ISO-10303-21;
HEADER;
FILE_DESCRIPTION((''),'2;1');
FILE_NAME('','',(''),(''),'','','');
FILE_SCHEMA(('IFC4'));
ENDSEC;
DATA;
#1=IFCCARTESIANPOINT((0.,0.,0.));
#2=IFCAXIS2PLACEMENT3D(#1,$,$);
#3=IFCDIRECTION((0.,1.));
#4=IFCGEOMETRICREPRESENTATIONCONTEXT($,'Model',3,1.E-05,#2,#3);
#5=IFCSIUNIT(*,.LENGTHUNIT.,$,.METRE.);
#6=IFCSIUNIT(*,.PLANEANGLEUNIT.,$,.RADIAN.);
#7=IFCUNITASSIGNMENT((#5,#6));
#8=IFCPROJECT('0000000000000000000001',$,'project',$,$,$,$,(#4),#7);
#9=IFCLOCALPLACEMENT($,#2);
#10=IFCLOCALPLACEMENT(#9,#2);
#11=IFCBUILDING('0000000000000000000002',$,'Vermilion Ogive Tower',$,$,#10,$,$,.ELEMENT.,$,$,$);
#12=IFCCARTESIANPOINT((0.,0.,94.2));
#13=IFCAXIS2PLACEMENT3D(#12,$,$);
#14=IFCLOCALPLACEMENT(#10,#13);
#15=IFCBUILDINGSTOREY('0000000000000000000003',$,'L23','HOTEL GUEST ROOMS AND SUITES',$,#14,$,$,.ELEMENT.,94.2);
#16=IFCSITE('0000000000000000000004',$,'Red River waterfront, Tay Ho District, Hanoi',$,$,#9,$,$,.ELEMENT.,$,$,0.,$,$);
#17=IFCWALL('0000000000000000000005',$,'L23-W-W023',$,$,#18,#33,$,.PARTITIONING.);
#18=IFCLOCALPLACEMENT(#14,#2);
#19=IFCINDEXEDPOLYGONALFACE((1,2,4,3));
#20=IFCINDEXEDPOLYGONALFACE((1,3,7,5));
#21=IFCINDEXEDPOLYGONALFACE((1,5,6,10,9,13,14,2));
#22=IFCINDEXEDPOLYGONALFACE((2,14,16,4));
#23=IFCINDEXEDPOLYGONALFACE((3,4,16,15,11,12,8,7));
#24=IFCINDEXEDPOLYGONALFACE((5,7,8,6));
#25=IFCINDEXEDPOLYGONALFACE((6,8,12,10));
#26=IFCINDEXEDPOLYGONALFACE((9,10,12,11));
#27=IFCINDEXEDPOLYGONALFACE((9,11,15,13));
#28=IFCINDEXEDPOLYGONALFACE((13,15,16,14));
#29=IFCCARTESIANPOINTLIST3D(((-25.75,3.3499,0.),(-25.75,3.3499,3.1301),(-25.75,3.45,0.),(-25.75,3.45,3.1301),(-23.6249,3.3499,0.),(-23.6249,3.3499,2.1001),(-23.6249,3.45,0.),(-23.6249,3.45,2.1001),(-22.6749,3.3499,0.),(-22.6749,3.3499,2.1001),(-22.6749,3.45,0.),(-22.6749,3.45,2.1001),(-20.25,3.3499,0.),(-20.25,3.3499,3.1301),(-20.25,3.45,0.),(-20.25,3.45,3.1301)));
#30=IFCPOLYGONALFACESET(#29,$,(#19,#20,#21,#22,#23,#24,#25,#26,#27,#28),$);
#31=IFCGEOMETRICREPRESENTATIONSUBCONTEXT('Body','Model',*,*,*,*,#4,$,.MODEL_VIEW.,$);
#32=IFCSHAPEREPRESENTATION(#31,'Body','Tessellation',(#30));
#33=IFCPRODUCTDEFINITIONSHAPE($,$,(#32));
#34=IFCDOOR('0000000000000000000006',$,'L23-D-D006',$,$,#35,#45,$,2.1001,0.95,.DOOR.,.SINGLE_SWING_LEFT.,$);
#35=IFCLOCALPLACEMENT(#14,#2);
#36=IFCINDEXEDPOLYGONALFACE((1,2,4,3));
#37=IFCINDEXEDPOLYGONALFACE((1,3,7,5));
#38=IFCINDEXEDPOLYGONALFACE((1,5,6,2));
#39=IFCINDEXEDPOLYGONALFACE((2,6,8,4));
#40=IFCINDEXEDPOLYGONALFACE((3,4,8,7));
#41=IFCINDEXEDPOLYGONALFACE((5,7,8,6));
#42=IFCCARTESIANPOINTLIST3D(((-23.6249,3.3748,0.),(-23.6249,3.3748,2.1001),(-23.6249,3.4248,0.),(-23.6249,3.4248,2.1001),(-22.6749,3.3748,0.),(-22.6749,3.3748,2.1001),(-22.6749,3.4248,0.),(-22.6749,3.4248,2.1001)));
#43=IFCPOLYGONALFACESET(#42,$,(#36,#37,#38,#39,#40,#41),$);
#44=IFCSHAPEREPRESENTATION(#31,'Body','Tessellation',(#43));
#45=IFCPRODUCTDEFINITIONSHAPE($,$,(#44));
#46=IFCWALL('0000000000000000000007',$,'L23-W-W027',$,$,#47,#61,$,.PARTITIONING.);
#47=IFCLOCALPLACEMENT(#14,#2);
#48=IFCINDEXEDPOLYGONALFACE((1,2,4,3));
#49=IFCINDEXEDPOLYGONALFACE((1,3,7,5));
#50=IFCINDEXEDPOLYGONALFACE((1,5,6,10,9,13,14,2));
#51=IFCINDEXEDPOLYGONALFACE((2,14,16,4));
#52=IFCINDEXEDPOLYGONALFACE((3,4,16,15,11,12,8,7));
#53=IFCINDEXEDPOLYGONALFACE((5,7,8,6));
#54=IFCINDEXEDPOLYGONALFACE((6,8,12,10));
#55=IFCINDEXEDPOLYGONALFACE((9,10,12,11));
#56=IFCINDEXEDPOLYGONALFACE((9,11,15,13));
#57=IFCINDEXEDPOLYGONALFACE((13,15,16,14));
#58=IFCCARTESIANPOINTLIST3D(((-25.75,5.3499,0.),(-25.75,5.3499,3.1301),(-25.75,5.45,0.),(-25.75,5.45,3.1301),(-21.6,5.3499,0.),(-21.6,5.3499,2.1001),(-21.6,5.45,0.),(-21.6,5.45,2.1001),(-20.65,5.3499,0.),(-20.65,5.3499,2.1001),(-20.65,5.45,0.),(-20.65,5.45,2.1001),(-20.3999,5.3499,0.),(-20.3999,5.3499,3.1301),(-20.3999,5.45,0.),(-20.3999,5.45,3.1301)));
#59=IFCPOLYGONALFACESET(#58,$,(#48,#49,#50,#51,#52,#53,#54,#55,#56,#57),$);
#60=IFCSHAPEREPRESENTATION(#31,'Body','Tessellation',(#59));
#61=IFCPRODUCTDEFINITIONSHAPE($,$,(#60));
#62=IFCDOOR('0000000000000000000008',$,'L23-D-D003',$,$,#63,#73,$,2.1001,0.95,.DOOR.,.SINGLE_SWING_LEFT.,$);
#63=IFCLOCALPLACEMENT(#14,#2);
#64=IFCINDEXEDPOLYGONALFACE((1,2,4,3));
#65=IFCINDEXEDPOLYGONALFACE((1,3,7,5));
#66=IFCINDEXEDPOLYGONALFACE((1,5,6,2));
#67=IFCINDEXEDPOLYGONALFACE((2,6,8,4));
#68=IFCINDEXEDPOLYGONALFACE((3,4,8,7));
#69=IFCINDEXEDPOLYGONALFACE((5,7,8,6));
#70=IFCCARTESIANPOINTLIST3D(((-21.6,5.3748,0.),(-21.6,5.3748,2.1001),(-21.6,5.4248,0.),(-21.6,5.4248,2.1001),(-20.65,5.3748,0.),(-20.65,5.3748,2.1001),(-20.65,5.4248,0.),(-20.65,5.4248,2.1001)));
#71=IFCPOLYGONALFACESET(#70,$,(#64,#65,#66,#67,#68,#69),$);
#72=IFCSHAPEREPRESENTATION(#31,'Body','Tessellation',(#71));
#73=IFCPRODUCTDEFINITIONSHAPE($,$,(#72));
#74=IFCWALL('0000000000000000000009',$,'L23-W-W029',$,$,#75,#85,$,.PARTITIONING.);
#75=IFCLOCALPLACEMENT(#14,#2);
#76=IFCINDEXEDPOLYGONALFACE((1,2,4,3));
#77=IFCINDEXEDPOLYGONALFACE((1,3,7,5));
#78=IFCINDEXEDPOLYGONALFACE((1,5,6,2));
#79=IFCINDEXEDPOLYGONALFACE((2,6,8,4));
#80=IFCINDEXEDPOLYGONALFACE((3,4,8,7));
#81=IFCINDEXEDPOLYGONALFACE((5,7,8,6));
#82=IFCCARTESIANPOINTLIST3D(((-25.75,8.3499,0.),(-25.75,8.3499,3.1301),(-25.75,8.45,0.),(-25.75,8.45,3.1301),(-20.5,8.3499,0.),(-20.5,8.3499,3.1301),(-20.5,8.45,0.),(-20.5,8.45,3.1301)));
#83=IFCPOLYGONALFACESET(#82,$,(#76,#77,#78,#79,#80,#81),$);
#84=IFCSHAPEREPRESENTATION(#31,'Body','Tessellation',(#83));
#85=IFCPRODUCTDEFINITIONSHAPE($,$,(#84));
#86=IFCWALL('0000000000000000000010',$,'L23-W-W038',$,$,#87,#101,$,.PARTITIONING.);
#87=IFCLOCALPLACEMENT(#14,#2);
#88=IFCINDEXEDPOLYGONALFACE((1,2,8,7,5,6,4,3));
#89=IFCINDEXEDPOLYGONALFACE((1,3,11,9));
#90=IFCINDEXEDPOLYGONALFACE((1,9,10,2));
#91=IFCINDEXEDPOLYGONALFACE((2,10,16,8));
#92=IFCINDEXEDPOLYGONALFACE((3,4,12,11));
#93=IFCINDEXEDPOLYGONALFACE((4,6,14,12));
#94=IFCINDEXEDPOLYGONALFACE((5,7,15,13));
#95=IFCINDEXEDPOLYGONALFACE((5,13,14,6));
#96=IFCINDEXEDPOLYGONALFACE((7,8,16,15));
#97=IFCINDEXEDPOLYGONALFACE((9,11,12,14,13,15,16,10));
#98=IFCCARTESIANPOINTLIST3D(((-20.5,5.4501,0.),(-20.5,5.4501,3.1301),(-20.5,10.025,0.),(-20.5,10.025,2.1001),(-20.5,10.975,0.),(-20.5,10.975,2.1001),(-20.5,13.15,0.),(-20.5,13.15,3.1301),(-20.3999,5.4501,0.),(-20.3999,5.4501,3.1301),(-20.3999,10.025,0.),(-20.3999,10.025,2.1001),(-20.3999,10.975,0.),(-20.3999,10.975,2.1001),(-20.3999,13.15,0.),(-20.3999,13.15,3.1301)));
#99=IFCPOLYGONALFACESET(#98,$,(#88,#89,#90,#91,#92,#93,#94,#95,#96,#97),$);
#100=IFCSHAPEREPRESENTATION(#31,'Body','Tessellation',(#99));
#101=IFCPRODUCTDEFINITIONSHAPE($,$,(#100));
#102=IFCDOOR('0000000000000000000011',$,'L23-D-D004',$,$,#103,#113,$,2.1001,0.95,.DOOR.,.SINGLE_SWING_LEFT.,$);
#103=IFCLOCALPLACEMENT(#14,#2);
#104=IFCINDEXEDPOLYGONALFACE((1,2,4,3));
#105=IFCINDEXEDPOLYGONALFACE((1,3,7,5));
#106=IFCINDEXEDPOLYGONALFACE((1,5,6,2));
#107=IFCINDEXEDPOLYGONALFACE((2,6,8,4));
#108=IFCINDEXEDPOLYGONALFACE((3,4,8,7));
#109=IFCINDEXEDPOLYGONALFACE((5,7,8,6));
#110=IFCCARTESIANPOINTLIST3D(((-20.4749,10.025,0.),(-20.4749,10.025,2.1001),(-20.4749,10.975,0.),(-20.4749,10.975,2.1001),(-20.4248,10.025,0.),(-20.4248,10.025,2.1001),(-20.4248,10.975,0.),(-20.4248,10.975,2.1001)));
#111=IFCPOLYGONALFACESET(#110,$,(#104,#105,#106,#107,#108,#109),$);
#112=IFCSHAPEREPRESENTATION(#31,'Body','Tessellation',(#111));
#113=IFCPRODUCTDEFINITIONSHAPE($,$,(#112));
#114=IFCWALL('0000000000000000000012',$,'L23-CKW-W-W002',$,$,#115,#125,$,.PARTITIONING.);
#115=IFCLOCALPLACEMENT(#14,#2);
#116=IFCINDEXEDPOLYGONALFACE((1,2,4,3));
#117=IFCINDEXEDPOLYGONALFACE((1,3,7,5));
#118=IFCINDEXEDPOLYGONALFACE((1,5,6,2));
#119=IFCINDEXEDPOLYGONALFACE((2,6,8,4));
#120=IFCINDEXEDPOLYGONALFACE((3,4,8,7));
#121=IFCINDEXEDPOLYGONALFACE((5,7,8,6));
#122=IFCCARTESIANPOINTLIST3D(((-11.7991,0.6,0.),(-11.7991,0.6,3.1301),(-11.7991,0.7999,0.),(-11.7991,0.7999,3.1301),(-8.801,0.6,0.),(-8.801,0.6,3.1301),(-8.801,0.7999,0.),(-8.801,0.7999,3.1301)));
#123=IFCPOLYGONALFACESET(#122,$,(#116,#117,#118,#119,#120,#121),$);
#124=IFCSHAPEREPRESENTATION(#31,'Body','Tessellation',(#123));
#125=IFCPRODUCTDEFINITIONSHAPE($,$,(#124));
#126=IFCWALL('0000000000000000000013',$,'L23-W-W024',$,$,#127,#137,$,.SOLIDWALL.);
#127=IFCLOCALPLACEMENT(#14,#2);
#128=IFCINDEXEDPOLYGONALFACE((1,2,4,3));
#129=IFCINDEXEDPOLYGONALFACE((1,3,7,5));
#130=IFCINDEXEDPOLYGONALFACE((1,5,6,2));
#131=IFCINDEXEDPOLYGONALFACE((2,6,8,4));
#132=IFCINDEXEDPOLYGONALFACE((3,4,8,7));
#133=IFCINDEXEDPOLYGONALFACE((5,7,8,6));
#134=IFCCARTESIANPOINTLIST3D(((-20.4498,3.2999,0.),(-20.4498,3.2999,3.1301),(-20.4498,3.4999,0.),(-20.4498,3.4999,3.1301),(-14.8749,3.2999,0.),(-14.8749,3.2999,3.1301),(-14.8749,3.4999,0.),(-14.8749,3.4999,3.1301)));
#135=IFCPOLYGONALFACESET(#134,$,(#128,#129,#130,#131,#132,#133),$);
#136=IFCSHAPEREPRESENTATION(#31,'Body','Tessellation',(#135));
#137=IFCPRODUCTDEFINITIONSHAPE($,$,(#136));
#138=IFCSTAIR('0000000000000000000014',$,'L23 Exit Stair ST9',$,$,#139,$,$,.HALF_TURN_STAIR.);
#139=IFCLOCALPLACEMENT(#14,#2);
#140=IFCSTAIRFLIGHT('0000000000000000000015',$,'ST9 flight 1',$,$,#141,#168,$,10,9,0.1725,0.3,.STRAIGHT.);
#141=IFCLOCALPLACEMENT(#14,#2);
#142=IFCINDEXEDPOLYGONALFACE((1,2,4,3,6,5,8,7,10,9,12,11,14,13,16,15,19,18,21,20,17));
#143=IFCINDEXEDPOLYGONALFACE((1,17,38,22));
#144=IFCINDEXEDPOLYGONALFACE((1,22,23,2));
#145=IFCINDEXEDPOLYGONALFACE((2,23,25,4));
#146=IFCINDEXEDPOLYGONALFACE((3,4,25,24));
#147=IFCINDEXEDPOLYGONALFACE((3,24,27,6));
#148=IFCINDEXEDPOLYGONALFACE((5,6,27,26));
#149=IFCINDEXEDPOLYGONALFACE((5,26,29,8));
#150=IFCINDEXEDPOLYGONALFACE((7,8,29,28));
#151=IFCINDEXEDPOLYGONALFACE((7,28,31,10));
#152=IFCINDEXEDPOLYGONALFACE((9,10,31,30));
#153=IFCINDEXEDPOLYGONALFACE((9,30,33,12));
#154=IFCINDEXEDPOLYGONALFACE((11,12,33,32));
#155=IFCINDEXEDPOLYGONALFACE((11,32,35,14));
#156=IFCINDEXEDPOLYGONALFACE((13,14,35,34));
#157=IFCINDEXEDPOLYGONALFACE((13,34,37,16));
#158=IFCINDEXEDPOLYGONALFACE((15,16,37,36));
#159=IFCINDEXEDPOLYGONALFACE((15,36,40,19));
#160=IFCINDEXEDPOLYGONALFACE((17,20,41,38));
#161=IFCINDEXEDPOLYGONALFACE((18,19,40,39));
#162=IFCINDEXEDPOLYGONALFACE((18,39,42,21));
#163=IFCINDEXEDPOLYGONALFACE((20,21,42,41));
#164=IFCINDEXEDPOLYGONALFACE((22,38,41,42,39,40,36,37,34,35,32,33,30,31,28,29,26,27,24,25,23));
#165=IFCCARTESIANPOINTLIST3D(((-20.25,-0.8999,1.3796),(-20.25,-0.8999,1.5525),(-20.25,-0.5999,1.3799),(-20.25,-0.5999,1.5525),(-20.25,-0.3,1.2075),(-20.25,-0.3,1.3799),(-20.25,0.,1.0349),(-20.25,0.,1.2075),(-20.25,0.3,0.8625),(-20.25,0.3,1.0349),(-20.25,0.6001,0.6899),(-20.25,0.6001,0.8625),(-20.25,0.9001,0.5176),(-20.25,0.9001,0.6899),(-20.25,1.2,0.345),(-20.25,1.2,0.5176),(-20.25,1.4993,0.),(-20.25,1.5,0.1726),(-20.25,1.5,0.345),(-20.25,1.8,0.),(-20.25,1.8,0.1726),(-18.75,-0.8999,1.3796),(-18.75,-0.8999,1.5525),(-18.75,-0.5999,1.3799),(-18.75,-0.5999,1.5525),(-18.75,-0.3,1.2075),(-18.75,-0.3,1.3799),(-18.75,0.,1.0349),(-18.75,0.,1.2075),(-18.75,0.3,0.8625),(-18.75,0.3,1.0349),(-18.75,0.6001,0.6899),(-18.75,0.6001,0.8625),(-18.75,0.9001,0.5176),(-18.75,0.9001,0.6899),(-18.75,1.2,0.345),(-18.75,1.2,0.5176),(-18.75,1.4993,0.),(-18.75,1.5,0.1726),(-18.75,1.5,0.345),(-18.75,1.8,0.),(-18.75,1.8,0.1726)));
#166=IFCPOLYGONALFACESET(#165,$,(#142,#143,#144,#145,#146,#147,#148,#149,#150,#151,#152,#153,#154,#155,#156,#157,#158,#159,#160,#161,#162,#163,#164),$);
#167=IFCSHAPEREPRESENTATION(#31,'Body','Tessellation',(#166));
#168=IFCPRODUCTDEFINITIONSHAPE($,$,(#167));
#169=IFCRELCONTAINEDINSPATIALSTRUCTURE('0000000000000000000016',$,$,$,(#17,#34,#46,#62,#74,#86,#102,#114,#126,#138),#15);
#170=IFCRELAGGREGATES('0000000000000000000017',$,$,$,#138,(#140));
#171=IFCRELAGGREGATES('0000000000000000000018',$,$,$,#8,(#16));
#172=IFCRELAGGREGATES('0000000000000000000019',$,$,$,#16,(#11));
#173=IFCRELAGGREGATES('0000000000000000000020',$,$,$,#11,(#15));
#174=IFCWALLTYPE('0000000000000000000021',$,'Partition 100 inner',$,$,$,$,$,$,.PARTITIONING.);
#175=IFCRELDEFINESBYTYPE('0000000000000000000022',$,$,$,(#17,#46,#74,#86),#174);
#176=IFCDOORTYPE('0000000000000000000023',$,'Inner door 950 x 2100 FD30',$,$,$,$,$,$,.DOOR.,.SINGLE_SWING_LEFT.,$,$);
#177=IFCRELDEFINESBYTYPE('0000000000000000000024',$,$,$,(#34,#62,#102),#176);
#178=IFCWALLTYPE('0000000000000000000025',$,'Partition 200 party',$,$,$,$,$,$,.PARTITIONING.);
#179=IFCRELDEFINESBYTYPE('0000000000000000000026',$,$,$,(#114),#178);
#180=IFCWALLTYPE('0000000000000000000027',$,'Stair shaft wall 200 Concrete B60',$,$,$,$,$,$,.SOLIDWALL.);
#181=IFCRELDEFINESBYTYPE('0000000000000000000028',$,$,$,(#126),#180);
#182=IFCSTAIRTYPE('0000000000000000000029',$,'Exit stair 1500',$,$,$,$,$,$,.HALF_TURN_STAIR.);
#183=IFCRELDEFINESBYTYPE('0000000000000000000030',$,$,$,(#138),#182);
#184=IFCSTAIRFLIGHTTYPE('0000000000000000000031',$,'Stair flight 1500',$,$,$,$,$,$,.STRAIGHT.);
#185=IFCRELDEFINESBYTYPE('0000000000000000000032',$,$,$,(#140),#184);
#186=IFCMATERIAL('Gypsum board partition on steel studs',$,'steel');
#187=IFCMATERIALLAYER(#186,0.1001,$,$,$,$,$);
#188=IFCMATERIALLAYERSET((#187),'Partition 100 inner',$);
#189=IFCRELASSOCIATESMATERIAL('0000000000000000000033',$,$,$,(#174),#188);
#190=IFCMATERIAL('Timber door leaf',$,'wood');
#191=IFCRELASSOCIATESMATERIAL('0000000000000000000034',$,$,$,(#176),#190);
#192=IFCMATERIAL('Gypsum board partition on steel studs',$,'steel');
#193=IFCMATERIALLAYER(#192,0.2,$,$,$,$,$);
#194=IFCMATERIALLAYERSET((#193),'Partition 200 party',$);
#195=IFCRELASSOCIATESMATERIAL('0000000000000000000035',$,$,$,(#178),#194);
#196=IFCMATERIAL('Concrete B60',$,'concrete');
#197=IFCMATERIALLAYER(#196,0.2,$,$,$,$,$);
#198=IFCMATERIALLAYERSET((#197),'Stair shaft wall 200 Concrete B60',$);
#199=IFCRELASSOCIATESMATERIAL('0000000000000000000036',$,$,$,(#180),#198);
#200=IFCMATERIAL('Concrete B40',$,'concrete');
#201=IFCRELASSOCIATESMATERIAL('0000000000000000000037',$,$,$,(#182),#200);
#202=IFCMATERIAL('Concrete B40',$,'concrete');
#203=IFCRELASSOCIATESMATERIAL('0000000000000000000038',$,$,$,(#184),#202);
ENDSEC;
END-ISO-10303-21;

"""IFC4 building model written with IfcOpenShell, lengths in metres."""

from ifc_helpers import new_model, si_unit, direction, frame, frame_2d, origin, place, context, subcontext, project, spatial, polyline, rectangle, outline, extrude, material, layer, layer_set, type_object, element, fill, aggregate, save


model = new_model("IFC4")

# Units and contexts
model_context = context("Model", 3, precision=1e-05, world=origin(), true_north=direction((0.0, 1.0)))
body_context = subcontext(model_context, "Body", "Model", "MODEL_VIEW")
ifc_project = project(units=[si_unit("LENGTHUNIT", "METRE"), si_unit("PLANEANGLEUNIT", "RADIAN")], contexts=[model_context])

# Site, building, storey
site_placement = place(None, origin())
site = spatial("IfcSite", under=ifc_project, at=site_placement, Name="Red River waterfront, Tay Ho District, Hanoi", CompositionType="ELEMENT", RefElevation=0.0)
building_placement = place(site_placement, origin())
building = spatial("IfcBuilding", under=site, at=building_placement, Name="Vermilion Ogive Tower", CompositionType="ELEMENT")
storey_placement = place(building_placement, frame((0.0, 0.0, 94.2)))
storey = spatial("IfcBuildingStorey", under=building, at=storey_placement, Name="L23", Description="HOTEL GUEST ROOMS AND SUITES", CompositionType="ELEMENT", Elevation=94.2)

# Walls, openings, doors
ifc_material_1 = material(Name="Gypsum board partition on steel studs", Category="steel")
ifc_layer_1 = layer(ifc_material_1, 0.1001)
ifc_layer_set_1 = layer_set([ifc_layer_1], Name="Partition 100 inner")
wall_type_1 = type_object("IfcWallType", Name="Partition 100 inner", PredefinedType="PARTITIONING", material=ifc_layer_set_1)
wall_1_placement = place(storey_placement, frame((-25.75, 3.3999, 0.0), z_axis=(0.0, 0.0, 1.0), x_axis=(1.0, 0.0, 0.0)))
wall_1 = element("IfcWall", 1, at=wall_1_placement, inside=storey, type_object=wall_type_1, Name="L23-W-W023", PredefinedType="PARTITIONING", context=body_context, shape_type="SweptSolid", body=[
    extrude(rectangle(XDim=5.5, YDim=0.1001, at=frame_2d((2.75, 0.0))), origin(), (0.0, 0.0, 1.0), 3.1301),
])
opening_1_placement = place(wall_1_placement, frame((2.125, 0.0, 0.0)))
opening_1 = element("IfcOpeningElement", 2, at=opening_1_placement, cuts=wall_1, PredefinedType="OPENING", context=body_context, shape_type="SweptSolid", body=[
    extrude(rectangle(XDim=0.95, YDim=2.1001, at=frame_2d((0.4751, 1.05))), frame((0.0, 0.0601, 0.0), z_axis=(0.0, -1.0, 0.0), x_axis=(1.0, 0.0, 0.0)), (0.0, 0.0, 1.0), 0.1201),
])
ifc_material_2 = material(Name="Timber door leaf", Category="wood")
door_type = type_object("IfcDoorType", Name="Inner door 950 x 2100 FD30", OperationType="SINGLE_SWING_LEFT", PredefinedType="DOOR", material=ifc_material_2)
door_1_placement = place(opening_1_placement, origin())
door_1 = element("IfcDoor", 3, at=door_1_placement, inside=storey, type_object=door_type, Name="L23-D-D006", OperationType="SINGLE_SWING_LEFT", OverallHeight=2.1001, OverallWidth=0.95, PredefinedType="DOOR", context=body_context, shape_type="SweptSolid", body=[
    extrude(rectangle(XDim=0.95, YDim=2.1001, at=frame_2d((0.4751, 1.05))), frame((0.0, 0.0249, 0.0), z_axis=(0.0, -1.0, 0.0), x_axis=(1.0, 0.0, 0.0)), (0.0, 0.0, 1.0), 0.05),
])
fill(opening_1, door_1)
wall_2_placement = place(storey_placement, frame((-25.75, 5.3999, 0.0), z_axis=(0.0, 0.0, 1.0), x_axis=(1.0, 0.0, 0.0)))
wall_2 = element("IfcWall", 4, at=wall_2_placement, inside=storey, type_object=wall_type_1, Name="L23-W-W027", PredefinedType="PARTITIONING", context=body_context, shape_type="SweptSolid", body=[
    extrude(rectangle(XDim=5.3501, YDim=0.1001, at=frame_2d((2.675, 0.0))), origin(), (0.0, 0.0, 1.0), 3.1301),
])
opening_2_placement = place(wall_2_placement, frame((4.1499, 0.0, 0.0)))
opening_2 = element("IfcOpeningElement", 5, at=opening_2_placement, cuts=wall_2, PredefinedType="OPENING", context=body_context, shape_type="SweptSolid", body=[
    extrude(rectangle(XDim=0.95, YDim=2.1001, at=frame_2d((0.4751, 1.05))), frame((0.0, 0.0601, 0.0), z_axis=(0.0, -1.0, 0.0), x_axis=(1.0, 0.0, 0.0)), (0.0, 0.0, 1.0), 0.1201),
])
door_2_placement = place(opening_2_placement, origin())
door_2 = element("IfcDoor", 6, at=door_2_placement, inside=storey, type_object=door_type, Name="L23-D-D003", OperationType="SINGLE_SWING_LEFT", OverallHeight=2.1001, OverallWidth=0.95, PredefinedType="DOOR", context=body_context, shape_type="SweptSolid", body=[
    extrude(rectangle(XDim=0.95, YDim=2.1001, at=frame_2d((0.4751, 1.05))), frame((0.0, 0.0249, 0.0), z_axis=(0.0, -1.0, 0.0), x_axis=(1.0, 0.0, 0.0)), (0.0, 0.0, 1.0), 0.05),
])
fill(opening_2, door_2)

# Wall
wall_3_placement = place(storey_placement, frame((-25.75, 8.3999, 0.0), z_axis=(0.0, 0.0, 1.0), x_axis=(1.0, 0.0, 0.0)))
element("IfcWall", 7, at=wall_3_placement, inside=storey, type_object=wall_type_1, Name="L23-W-W029", PredefinedType="PARTITIONING", context=body_context, shape_type="SweptSolid", body=[
    extrude(rectangle(XDim=5.25, YDim=0.1001, at=frame_2d((2.625, 0.0))), origin(), (0.0, 0.0, 1.0), 3.1301),
])

# Wall, opening, door
wall_4_placement = place(storey_placement, frame((-20.45, 5.45, 0.0), z_axis=(0.0, 0.0, 1.0), x_axis=(0.0, 1.0, 0.0)))
wall_4 = element("IfcWall", 8, at=wall_4_placement, inside=storey, type_object=wall_type_1, Name="L23-W-W038", PredefinedType="PARTITIONING", context=body_context, shape_type="SweptSolid", body=[
    extrude(rectangle(XDim=7.7, YDim=0.1001, at=frame_2d((3.8501, 0.0))), origin(), (0.0, 0.0, 1.0), 3.1301),
])
opening_3_placement = place(wall_4_placement, frame((4.575, 0.0, 0.0)))
opening_3 = element("IfcOpeningElement", 9, at=opening_3_placement, cuts=wall_4, PredefinedType="OPENING", context=body_context, shape_type="SweptSolid", body=[
    extrude(rectangle(XDim=0.95, YDim=2.1001, at=frame_2d((0.4751, 1.05))), frame((0.0, 0.0601, 0.0), z_axis=(0.0, -1.0, 0.0), x_axis=(1.0, 0.0, 0.0)), (0.0, 0.0, 1.0), 0.1201),
])
door_3_placement = place(opening_3_placement, origin())
door_3 = element("IfcDoor", 10, at=door_3_placement, inside=storey, type_object=door_type, Name="L23-D-D004", OperationType="SINGLE_SWING_LEFT", OverallHeight=2.1001, OverallWidth=0.95, PredefinedType="DOOR", context=body_context, shape_type="SweptSolid", body=[
    extrude(rectangle(XDim=0.95, YDim=2.1001, at=frame_2d((0.4751, 1.05))), frame((0.0, 0.0249, 0.0), z_axis=(0.0, -1.0, 0.0), x_axis=(1.0, 0.0, 0.0)), (0.0, 0.0, 1.0), 0.05),
])
fill(opening_3, door_3)

# Walls
ifc_material_3 = material(Name="Gypsum board partition on steel studs", Category="steel")
ifc_layer_2 = layer(ifc_material_3, 0.2)
ifc_layer_set_2 = layer_set([ifc_layer_2], Name="Partition 200 party")
wall_type_2 = type_object("IfcWallType", Name="Partition 200 party", PredefinedType="PARTITIONING", material=ifc_layer_set_2)
wall_5_placement = place(storey_placement, frame((-11.7991, 0.7, 0.0), z_axis=(0.0, 0.0, 1.0), x_axis=(1.0, 0.0, 0.0)))
element("IfcWall", 11, at=wall_5_placement, inside=storey, type_object=wall_type_2, Name="L23-CKW-W-W002", PredefinedType="PARTITIONING", context=body_context, shape_type="SweptSolid", body=[
    extrude(rectangle(XDim=2.998, YDim=0.2, at=frame_2d((1.499, 0.0))), origin(), (0.0, 0.0, 1.0), 3.1301),
])
ifc_material_4 = material(Name="Concrete B60", Category="concrete")
ifc_layer_3 = layer(ifc_material_4, 0.2)
ifc_layer_set_3 = layer_set([ifc_layer_3], Name="Stair shaft wall 200 Concrete B60")
wall_type_3 = type_object("IfcWallType", Name="Stair shaft wall 200 Concrete B60", PredefinedType="SOLIDWALL", material=ifc_layer_set_3)
wall_6_placement = place(storey_placement, frame((-20.45, 3.3999, 0.0), z_axis=(0.0, 0.0, 1.0), x_axis=(1.0, 0.0, 0.0)))
element("IfcWall", 12, at=wall_6_placement, inside=storey, type_object=wall_type_3, Name="L23-W-W024", PredefinedType="SOLIDWALL", context=body_context, shape_type="SweptSolid", body=[
    extrude(rectangle(XDim=5.575, YDim=0.2, at=frame_2d((2.7876, 0.0))), origin(), (0.0, 0.0, 1.0), 3.1301),
])

# Stair, stair flight
ifc_material_5 = material(Name="Concrete B40", Category="concrete")
stair_type = type_object("IfcStairType", Name="Exit stair 1500", PredefinedType="HALF_TURN_STAIR", material=ifc_material_5)
stair_placement = place(storey_placement, origin())
stair = element("IfcStair", 13, at=stair_placement, inside=storey, type_object=stair_type, Name="L23 Exit Stair ST9", PredefinedType="HALF_TURN_STAIR")
ifc_material_6 = material(Name="Concrete B40", Category="concrete")
stair_flight_type = type_object("IfcStairFlightType", Name="Stair flight 1500", PredefinedType="STRAIGHT", material=ifc_material_6)
stair_flight_placement = place(storey_placement, frame((-19.5, 1.8, 0.0), z_axis=(0.0, 0.0, 1.0), x_axis=(0.0, -1.0, 0.0)))
stair_flight = element("IfcStairFlight", 14, at=stair_flight_placement, type_object=stair_flight_type, Name="ST9 flight 1", NumberOfRisers=10, NumberOfTreads=9, PredefinedType="STRAIGHT", RiserHeight=0.1725, TreadLength=0.3, context=body_context, shape_type="SweptSolid", body=[
    extrude(outline(polyline([(0.0, 0.0), (0.0, 0.1726), (0.3, 0.1726), (0.3, 0.345), (0.6001, 0.345), (0.6001, 0.5176), (0.8999, 0.5176), (0.8999, 0.6899), (1.2, 0.6899), (1.2, 0.8625), (1.5, 0.8625), (1.5, 1.0349), (1.8, 1.0349), (1.8, 1.2075), (2.1001, 1.2075), (2.1001, 1.3799), (2.3999, 1.3799), (2.3999, 1.5525), (2.7, 1.5525), (2.7, 1.7251), (2.7, 1.3796), (0.3008, 0.0), (0.0, 0.0)])), frame((0.0, 0.75, 0.0), z_axis=(0.0, -1.0, 0.0), x_axis=(1.0, 0.0, 0.0)), (0.0, 0.0, 1.0), 1.5),
])
aggregate(stair, [stair_flight])

save(model, "model.ifc")
